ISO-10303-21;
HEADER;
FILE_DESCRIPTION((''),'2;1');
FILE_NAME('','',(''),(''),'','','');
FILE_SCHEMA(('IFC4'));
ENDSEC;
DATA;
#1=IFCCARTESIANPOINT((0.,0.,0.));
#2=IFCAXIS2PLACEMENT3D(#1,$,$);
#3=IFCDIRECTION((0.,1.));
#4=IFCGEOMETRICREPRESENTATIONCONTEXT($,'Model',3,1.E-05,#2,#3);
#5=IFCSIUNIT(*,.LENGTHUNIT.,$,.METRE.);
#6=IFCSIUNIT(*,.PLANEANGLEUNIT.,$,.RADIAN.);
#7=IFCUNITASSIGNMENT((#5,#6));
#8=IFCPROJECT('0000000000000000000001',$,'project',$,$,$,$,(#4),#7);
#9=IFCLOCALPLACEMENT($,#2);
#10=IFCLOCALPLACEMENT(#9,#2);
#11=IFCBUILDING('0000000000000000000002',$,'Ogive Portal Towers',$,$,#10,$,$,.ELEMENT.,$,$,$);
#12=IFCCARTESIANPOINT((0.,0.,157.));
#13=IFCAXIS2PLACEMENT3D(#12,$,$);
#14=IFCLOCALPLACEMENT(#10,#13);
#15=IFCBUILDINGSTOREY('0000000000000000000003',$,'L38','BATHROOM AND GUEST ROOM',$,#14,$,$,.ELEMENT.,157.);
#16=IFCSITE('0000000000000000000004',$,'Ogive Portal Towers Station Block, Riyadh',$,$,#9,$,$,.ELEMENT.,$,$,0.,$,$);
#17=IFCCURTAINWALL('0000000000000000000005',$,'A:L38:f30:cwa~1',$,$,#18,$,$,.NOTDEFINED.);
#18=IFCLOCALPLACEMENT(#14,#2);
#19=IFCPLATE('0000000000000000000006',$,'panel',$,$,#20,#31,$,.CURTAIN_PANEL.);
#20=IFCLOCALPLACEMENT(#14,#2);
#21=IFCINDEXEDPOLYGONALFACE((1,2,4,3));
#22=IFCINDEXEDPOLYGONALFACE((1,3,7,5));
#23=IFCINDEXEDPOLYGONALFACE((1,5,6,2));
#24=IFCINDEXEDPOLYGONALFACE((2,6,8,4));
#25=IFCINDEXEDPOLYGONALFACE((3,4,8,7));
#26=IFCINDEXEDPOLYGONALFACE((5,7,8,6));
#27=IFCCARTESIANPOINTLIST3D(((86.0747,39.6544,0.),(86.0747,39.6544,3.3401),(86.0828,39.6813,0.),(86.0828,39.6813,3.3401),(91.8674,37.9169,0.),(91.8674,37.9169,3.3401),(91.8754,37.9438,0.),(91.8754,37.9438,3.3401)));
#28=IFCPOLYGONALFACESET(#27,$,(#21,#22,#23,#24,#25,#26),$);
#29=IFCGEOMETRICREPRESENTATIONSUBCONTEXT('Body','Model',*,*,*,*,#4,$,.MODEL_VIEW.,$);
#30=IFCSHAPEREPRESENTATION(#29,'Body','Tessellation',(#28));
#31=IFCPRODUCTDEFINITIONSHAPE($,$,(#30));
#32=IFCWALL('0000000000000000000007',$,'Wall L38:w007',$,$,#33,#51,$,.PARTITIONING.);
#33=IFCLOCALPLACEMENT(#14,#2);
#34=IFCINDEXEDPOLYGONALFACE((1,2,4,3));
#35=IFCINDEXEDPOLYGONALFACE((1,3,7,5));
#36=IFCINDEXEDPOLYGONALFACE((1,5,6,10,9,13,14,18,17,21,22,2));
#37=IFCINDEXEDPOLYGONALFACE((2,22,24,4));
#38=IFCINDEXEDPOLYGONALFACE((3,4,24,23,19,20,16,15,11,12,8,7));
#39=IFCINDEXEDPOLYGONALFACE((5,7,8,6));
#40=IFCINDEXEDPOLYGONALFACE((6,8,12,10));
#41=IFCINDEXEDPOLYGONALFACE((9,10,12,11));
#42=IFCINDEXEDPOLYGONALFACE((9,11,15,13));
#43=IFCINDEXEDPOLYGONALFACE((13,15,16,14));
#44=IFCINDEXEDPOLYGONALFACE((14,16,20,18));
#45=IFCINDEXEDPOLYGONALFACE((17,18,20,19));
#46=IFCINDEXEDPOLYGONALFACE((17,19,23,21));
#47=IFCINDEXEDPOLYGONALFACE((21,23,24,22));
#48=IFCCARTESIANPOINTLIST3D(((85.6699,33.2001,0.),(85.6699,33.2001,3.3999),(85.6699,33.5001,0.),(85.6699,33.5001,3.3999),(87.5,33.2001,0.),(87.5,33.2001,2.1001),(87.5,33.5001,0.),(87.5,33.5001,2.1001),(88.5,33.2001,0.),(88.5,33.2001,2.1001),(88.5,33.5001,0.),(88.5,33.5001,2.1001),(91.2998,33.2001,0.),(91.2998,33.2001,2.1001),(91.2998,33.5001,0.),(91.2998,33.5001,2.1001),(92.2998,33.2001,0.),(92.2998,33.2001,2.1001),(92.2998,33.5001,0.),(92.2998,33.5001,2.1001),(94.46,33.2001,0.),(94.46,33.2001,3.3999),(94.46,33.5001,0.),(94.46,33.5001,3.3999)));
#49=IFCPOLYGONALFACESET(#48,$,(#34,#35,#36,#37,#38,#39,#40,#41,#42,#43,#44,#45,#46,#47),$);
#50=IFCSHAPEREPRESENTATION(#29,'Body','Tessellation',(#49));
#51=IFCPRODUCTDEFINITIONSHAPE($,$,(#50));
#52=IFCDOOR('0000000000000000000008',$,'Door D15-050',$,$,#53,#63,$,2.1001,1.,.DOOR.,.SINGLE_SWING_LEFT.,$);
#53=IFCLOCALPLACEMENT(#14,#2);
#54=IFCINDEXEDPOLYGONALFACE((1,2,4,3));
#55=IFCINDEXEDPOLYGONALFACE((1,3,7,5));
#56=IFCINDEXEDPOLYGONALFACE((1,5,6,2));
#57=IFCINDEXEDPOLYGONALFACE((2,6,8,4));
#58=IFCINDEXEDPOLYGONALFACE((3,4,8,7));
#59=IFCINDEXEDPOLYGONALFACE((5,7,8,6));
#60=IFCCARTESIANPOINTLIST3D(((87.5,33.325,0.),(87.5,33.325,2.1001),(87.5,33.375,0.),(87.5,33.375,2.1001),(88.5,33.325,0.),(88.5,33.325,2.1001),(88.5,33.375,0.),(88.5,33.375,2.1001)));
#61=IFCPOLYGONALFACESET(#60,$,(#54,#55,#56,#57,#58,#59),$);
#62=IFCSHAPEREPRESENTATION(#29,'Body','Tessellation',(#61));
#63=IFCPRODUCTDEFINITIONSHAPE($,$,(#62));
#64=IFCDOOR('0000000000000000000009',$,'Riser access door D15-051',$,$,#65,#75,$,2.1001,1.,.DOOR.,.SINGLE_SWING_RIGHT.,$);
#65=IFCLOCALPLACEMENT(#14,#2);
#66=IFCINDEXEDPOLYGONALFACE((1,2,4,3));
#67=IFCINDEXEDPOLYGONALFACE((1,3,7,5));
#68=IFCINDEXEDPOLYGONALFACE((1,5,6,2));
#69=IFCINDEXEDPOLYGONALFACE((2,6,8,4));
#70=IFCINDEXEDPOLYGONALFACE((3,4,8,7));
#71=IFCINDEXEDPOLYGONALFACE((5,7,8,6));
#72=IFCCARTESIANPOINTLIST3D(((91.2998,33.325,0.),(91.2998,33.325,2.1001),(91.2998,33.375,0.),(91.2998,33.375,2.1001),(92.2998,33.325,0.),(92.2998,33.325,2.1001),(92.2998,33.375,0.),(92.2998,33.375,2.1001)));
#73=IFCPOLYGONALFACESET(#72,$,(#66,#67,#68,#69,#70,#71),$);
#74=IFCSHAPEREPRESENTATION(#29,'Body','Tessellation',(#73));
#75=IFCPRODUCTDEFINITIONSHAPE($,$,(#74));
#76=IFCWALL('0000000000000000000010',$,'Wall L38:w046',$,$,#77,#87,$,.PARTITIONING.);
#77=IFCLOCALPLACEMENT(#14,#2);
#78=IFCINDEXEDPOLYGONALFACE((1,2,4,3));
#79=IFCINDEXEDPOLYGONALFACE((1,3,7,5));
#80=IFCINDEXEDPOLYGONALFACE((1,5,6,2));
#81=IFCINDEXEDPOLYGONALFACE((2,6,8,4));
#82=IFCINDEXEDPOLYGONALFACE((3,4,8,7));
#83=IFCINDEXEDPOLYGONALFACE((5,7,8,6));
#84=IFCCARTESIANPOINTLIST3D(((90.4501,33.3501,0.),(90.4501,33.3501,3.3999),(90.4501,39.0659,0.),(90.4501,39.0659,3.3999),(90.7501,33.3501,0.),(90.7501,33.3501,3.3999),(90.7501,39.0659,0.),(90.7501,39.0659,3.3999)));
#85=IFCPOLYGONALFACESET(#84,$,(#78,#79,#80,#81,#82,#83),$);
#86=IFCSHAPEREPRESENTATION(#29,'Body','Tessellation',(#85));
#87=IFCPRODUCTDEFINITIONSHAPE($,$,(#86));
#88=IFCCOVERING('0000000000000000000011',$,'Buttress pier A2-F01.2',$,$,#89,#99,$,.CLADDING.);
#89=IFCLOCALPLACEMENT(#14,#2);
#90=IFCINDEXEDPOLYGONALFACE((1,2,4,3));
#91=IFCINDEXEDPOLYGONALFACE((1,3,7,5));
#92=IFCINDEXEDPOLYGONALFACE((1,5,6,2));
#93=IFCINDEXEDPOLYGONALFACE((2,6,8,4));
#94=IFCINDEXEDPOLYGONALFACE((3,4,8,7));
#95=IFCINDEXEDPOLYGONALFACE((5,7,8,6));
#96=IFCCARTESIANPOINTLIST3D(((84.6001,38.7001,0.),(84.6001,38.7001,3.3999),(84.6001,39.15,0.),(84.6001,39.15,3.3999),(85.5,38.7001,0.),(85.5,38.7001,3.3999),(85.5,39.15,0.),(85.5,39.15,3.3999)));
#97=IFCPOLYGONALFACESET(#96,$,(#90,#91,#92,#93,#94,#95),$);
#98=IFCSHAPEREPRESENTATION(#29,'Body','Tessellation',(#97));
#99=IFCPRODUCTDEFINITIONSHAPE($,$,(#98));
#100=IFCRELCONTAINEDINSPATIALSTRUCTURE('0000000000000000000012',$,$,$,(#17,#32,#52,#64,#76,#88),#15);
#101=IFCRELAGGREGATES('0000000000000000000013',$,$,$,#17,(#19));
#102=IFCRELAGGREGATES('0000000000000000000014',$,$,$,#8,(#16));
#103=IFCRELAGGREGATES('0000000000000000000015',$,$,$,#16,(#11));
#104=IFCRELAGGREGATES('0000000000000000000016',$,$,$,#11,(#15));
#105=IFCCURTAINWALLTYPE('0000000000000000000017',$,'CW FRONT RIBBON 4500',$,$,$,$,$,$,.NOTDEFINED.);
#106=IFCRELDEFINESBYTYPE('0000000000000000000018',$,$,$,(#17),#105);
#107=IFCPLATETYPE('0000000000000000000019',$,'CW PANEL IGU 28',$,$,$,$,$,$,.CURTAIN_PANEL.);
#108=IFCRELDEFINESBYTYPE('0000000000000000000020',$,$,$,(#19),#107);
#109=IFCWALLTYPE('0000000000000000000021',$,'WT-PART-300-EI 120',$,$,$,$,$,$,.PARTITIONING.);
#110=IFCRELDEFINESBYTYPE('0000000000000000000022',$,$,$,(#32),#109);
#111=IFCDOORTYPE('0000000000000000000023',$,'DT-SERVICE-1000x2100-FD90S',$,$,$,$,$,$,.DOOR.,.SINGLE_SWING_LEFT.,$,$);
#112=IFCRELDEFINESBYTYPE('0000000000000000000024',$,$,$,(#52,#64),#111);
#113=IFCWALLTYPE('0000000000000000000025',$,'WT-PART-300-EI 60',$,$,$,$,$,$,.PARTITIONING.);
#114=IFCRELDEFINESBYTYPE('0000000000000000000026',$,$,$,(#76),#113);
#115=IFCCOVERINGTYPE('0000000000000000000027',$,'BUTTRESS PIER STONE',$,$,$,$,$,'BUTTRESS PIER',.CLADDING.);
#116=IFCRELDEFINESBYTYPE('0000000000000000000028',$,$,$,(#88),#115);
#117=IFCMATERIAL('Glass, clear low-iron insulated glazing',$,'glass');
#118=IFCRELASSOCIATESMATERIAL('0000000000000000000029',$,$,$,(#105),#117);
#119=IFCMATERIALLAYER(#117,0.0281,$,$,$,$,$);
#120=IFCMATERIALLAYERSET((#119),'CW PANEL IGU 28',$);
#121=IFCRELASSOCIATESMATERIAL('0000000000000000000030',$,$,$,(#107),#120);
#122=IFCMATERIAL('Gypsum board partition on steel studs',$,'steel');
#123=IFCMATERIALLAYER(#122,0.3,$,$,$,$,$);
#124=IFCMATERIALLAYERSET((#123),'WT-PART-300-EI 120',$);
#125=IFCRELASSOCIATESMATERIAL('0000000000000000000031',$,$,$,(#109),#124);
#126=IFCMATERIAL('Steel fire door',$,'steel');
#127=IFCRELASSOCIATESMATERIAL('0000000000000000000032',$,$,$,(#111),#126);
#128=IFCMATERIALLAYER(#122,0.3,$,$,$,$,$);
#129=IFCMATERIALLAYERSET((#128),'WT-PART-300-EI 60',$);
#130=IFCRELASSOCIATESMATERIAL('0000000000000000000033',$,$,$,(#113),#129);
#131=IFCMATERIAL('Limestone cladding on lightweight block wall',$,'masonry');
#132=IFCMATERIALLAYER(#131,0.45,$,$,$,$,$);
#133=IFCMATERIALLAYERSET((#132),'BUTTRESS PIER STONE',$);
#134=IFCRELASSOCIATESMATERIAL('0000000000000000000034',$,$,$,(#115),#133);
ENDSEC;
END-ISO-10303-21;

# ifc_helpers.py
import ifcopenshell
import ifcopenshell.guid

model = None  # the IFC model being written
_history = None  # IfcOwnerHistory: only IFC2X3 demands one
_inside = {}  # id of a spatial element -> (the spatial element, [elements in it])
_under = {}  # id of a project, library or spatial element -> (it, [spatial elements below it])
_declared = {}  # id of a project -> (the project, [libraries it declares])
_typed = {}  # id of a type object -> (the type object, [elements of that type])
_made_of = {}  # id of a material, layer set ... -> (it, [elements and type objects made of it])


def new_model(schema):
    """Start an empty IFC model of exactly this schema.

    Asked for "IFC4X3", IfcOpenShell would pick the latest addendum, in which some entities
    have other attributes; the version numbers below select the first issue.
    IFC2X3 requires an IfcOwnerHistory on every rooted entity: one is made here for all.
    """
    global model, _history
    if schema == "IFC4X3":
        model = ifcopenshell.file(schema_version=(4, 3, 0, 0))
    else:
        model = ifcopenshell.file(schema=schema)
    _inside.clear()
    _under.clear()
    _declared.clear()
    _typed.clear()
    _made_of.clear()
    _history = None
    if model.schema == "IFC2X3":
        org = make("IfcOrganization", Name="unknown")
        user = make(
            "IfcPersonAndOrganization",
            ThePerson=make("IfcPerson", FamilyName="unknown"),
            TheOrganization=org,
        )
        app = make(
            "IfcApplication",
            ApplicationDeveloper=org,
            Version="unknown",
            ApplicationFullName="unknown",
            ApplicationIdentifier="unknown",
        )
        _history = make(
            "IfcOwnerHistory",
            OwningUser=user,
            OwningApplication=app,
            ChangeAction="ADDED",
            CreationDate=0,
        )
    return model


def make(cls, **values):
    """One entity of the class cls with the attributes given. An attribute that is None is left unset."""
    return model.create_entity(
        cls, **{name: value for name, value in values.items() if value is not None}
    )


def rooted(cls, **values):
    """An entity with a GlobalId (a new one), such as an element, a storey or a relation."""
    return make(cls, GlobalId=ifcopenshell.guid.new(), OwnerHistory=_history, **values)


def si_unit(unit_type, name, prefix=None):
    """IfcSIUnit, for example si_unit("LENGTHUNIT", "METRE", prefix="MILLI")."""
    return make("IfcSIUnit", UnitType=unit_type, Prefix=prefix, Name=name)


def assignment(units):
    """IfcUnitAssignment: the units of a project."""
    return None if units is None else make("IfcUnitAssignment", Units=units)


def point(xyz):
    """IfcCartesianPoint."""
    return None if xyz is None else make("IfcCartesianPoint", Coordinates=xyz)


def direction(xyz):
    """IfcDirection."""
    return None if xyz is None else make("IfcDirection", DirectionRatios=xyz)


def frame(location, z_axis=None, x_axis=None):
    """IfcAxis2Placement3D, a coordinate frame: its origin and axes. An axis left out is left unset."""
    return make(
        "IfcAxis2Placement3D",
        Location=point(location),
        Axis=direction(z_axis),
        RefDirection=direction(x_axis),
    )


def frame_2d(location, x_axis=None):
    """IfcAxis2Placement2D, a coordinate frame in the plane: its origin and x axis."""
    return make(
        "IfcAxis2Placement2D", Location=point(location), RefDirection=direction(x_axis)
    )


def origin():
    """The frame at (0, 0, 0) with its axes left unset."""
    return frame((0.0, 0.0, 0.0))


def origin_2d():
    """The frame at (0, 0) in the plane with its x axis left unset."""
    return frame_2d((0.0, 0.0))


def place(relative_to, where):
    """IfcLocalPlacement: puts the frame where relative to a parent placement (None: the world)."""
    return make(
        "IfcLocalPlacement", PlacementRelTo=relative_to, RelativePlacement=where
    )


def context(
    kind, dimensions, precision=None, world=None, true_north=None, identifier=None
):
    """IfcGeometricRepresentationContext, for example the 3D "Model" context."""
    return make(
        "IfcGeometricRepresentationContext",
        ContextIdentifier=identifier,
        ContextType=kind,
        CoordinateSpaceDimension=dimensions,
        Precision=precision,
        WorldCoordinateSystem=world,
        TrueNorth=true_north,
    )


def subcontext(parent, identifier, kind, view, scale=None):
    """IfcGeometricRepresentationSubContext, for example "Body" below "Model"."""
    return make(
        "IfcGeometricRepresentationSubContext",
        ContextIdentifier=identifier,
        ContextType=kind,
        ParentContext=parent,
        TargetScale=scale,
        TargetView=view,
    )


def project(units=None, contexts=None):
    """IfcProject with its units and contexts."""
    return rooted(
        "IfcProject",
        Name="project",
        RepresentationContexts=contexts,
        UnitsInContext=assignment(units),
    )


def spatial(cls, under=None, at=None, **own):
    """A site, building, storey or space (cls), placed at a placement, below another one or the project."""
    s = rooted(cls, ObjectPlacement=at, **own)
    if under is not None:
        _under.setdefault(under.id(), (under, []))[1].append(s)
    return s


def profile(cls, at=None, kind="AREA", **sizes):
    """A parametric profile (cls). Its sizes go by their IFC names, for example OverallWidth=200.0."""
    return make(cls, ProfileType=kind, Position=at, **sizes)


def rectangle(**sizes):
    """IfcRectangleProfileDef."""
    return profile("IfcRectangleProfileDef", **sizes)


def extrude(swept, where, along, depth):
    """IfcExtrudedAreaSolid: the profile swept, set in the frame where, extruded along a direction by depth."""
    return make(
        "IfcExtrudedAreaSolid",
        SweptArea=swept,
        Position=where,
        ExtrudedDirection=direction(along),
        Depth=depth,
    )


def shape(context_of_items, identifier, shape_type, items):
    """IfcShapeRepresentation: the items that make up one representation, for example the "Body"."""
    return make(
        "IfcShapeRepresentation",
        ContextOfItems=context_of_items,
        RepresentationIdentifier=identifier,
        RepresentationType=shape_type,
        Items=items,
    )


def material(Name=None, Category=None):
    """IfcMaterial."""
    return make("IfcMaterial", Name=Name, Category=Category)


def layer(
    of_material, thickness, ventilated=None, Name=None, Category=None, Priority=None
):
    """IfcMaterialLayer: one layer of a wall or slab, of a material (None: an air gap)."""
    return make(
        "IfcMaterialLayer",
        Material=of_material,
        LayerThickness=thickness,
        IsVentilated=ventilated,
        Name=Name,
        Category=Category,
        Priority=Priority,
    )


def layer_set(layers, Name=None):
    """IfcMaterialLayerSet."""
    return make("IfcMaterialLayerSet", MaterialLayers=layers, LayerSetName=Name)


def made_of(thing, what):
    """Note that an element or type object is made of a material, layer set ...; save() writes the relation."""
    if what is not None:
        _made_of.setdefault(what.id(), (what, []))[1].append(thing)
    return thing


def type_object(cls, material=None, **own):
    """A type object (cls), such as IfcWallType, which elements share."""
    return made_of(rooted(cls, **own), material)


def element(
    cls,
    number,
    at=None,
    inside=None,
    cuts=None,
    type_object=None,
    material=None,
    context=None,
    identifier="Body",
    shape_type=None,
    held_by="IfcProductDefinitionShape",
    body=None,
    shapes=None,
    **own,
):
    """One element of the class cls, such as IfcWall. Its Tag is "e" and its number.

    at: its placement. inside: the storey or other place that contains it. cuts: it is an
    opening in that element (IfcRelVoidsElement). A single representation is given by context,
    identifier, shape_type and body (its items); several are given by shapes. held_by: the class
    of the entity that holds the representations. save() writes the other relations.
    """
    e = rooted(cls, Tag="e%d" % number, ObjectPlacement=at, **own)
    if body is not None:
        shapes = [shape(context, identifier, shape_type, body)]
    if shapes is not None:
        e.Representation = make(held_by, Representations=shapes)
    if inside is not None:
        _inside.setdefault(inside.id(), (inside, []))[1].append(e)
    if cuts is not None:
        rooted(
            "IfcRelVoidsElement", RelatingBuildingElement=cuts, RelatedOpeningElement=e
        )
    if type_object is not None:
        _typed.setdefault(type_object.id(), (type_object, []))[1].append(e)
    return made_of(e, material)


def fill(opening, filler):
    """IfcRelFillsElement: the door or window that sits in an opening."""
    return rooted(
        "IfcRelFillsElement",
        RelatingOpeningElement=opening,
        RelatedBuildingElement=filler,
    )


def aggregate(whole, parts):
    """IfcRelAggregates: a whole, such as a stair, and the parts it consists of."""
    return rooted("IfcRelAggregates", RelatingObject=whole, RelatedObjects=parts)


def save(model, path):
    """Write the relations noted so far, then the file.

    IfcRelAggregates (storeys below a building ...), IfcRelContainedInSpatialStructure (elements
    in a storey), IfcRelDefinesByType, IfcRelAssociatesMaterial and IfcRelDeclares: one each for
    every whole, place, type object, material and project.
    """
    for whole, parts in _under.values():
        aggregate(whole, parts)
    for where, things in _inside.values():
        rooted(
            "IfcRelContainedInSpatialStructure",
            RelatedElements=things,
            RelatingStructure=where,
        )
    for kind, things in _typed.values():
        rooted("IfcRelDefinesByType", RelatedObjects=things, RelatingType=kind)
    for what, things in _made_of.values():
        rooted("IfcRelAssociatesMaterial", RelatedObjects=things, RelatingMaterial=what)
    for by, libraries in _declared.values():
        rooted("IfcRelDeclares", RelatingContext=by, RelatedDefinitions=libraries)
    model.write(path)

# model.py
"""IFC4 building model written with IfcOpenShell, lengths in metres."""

from ifc_helpers import new_model, si_unit, direction, frame, frame_2d, origin, origin_2d, place, context, subcontext, project, spatial, rectangle, extrude, material, layer, layer_set, type_object, element, fill, aggregate, save


model = new_model("IFC4")

# Units and contexts
model_context = context("Model", 3, precision=1e-05, world=origin(), true_north=direction((0.0, 1.0)))
body_context = subcontext(model_context, "Body", "Model", "MODEL_VIEW")
ifc_project = project(units=[si_unit("LENGTHUNIT", "METRE"), si_unit("PLANEANGLEUNIT", "RADIAN")], contexts=[model_context])

# Site, building, storey
site_placement = place(None, origin())
site = spatial("IfcSite", under=ifc_project, at=site_placement, Name="Ogive Portal Towers Station Block, Riyadh", CompositionType="ELEMENT", RefElevation=0.0)
building_placement = place(site_placement, origin())
building = spatial("IfcBuilding", under=site, at=building_placement, Name="Ogive Portal Towers", CompositionType="ELEMENT")
storey_placement = place(building_placement, frame((0.0, 0.0, 157.0)))
storey = spatial("IfcBuildingStorey", under=building, at=storey_placement, Name="L38", Description="BATHROOM AND GUEST ROOM", CompositionType="ELEMENT", Elevation=157.0)

# Shared definitions
ifc_material_1 = material(Name="Glass, clear low-iron insulated glazing", Category="glass")

# Shared definitions
curtain_wall_type_1 = type_object("IfcCurtainWallType", Name="CW FRONT RIBBON 4500", PredefinedType="NOTDEFINED", material=ifc_material_1)

# Curtain wall
curtain_wall_1_placement = place(storey_placement, origin())
curtain_wall_1 = element("IfcCurtainWall", 1, at=curtain_wall_1_placement, inside=storey, type_object=curtain_wall_type_1, Name="A:L38:f30:cwa~1", PredefinedType="NOTDEFINED")

# Plate
ifc_layer_1 = layer(ifc_material_1, 0.0281)
ifc_layer_set_1 = layer_set([ifc_layer_1], Name="CW PANEL IGU 28")
plate_type = type_object("IfcPlateType", Name="CW PANEL IGU 28", PredefinedType="CURTAIN_PANEL", material=ifc_layer_set_1)
plate_1_placement = place(storey_placement, frame((88.9751, 38.7991, 0.0), z_axis=(0.0, 0.0, 1.0), x_axis=(-0.957839, 0.287306, 0.0)))
plate_1 = element("IfcPlate", 2, at=plate_1_placement, type_object=plate_type, Name="panel", PredefinedType="CURTAIN_PANEL", context=body_context, shape_type="SweptSolid", body=[
    extrude(rectangle(XDim=6.0476, YDim=0.0281, at=origin_2d()), origin(), (0.0, 0.0, 1.0), 3.3401),
])
aggregate(curtain_wall_1, [plate_1])

# Wall, openings, doors
ifc_material_2 = material(Name="Gypsum board partition on steel studs", Category="steel")
ifc_layer_2 = layer(ifc_material_2, 0.3)
ifc_layer_set_2 = layer_set([ifc_layer_2], Name="WT-PART-300-EI 120")
wall_type_1 = type_object("IfcWallType", Name="WT-PART-300-EI 120", PredefinedType="PARTITIONING", material=ifc_layer_set_2)
wall_1_placement = place(storey_placement, frame((85.6699, 33.3501, 0.0), z_axis=(0.0, 0.0, 1.0), x_axis=(1.0, 0.0, 0.0)))
wall_1 = element("IfcWall", 3, at=wall_1_placement, inside=storey, type_object=wall_type_1, Name="Wall L38:w007", PredefinedType="PARTITIONING", context=body_context, shape_type="SweptSolid", body=[
    extrude(rectangle(XDim=8.79, YDim=0.3, at=frame_2d((4.395, 0.0))), origin(), (0.0, 0.0, 1.0), 3.3999),
])
opening_1_placement = place(wall_1_placement, frame((1.8301, 0.0, 0.0)))
opening_1 = element("IfcOpeningElement", 4, at=opening_1_placement, cuts=wall_1, PredefinedType="OPENING", context=body_context, shape_type="SweptSolid", body=[
    extrude(rectangle(XDim=1.0, YDim=2.1001, at=frame_2d((0.5, 1.05))), frame((0.0, 0.1602, 0.0), z_axis=(0.0, -1.0, 0.0), x_axis=(1.0, 0.0, 0.0)), (0.0, 0.0, 1.0), 0.3201),
])
opening_2_placement = place(wall_1_placement, frame((5.6299, 0.0, 0.0)))
opening_2 = element("IfcOpeningElement", 5, at=opening_2_placement, cuts=wall_1, PredefinedType="OPENING", context=body_context, shape_type="SweptSolid", body=[
    extrude(rectangle(XDim=1.0, YDim=2.1001, at=frame_2d((0.5, 1.05))), frame((0.0, 0.1602, 0.0), z_axis=(0.0, -1.0, 0.0), x_axis=(1.0, 0.0, 0.0)), (0.0, 0.0, 1.0), 0.3201),
])
ifc_material_3 = material(Name="Steel fire door", Category="steel")
door_type = type_object("IfcDoorType", Name="DT-SERVICE-1000x2100-FD90S", OperationType="SINGLE_SWING_LEFT", PredefinedType="DOOR", material=ifc_material_3)
door_1_placement = place(opening_1_placement, origin())
door_1 = element("IfcDoor", 6, at=door_1_placement, inside=storey, type_object=door_type, Name="Door D15-050", OperationType="SINGLE_SWING_LEFT", OverallHeight=2.1001, OverallWidth=1.0, PredefinedType="DOOR", context=body_context, shape_type="SweptSolid", body=[
    extrude(rectangle(XDim=1.0, YDim=2.1001, at=frame_2d((0.5, 1.05))), frame((0.0, 0.0249, 0.0), z_axis=(0.0, -1.0, 0.0), x_axis=(1.0, 0.0, 0.0)), (0.0, 0.0, 1.0), 0.05),
])
fill(opening_1, door_1)
door_2_placement = place(opening_2_placement, origin())
door_2 = element("IfcDoor", 7, at=door_2_placement, inside=storey, type_object=door_type, Name="Riser access door D15-051", OperationType="SINGLE_SWING_RIGHT", OverallHeight=2.1001, OverallWidth=1.0, PredefinedType="DOOR", context=body_context, shape_type="SweptSolid", body=[
    extrude(rectangle(XDim=1.0, YDim=2.1001, at=frame_2d((0.5, 1.05))), frame((0.0, 0.0249, 0.0), z_axis=(0.0, -1.0, 0.0), x_axis=(1.0, 0.0, 0.0)), (0.0, 0.0, 1.0), 0.05),
])
fill(opening_2, door_2)

# Wall
ifc_layer_3 = layer(ifc_material_2, 0.3)
ifc_layer_set_3 = layer_set([ifc_layer_3], Name="WT-PART-300-EI 60")
wall_type_2 = type_object("IfcWallType", Name="WT-PART-300-EI 60", PredefinedType="PARTITIONING", material=ifc_layer_set_3)
wall_2_placement = place(storey_placement, frame((90.6001, 33.3501, 0.0), z_axis=(0.0, 0.0, 1.0), x_axis=(0.0, 1.0, 0.0)))
element("IfcWall", 8, at=wall_2_placement, inside=storey, type_object=wall_type_2, Name="Wall L38:w046", PredefinedType="PARTITIONING", context=body_context, shape_type="SweptSolid", body=[
    extrude(rectangle(XDim=5.7158, YDim=0.3, at=frame_2d((2.8579, 0.0))), origin(), (0.0, 0.0, 1.0), 3.3999),
])

# Covering
ifc_material_4 = material(Name="Limestone cladding on lightweight block wall", Category="masonry")
ifc_layer_4 = layer(ifc_material_4, 0.45)
ifc_layer_set_4 = layer_set([ifc_layer_4], Name="BUTTRESS PIER STONE")
covering_type = type_object("IfcCoveringType", Name="BUTTRESS PIER STONE", ElementType="BUTTRESS PIER", PredefinedType="CLADDING", material=ifc_layer_set_4)
covering_placement = place(storey_placement, frame((85.05, 38.925, 0.0), z_axis=(0.0, 0.0, 1.0), x_axis=(1.0, 0.0, 0.0)))
element("IfcCovering", 9, at=covering_placement, inside=storey, type_object=covering_type, Name="Buttress pier A2-F01.2", PredefinedType="CLADDING", context=body_context, shape_type="SweptSolid", body=[
    extrude(rectangle(XDim=0.8999, YDim=0.45, at=origin_2d()), origin(), (0.0, 0.0, 1.0), 3.3999),
])

save(model, "model.ifc")
